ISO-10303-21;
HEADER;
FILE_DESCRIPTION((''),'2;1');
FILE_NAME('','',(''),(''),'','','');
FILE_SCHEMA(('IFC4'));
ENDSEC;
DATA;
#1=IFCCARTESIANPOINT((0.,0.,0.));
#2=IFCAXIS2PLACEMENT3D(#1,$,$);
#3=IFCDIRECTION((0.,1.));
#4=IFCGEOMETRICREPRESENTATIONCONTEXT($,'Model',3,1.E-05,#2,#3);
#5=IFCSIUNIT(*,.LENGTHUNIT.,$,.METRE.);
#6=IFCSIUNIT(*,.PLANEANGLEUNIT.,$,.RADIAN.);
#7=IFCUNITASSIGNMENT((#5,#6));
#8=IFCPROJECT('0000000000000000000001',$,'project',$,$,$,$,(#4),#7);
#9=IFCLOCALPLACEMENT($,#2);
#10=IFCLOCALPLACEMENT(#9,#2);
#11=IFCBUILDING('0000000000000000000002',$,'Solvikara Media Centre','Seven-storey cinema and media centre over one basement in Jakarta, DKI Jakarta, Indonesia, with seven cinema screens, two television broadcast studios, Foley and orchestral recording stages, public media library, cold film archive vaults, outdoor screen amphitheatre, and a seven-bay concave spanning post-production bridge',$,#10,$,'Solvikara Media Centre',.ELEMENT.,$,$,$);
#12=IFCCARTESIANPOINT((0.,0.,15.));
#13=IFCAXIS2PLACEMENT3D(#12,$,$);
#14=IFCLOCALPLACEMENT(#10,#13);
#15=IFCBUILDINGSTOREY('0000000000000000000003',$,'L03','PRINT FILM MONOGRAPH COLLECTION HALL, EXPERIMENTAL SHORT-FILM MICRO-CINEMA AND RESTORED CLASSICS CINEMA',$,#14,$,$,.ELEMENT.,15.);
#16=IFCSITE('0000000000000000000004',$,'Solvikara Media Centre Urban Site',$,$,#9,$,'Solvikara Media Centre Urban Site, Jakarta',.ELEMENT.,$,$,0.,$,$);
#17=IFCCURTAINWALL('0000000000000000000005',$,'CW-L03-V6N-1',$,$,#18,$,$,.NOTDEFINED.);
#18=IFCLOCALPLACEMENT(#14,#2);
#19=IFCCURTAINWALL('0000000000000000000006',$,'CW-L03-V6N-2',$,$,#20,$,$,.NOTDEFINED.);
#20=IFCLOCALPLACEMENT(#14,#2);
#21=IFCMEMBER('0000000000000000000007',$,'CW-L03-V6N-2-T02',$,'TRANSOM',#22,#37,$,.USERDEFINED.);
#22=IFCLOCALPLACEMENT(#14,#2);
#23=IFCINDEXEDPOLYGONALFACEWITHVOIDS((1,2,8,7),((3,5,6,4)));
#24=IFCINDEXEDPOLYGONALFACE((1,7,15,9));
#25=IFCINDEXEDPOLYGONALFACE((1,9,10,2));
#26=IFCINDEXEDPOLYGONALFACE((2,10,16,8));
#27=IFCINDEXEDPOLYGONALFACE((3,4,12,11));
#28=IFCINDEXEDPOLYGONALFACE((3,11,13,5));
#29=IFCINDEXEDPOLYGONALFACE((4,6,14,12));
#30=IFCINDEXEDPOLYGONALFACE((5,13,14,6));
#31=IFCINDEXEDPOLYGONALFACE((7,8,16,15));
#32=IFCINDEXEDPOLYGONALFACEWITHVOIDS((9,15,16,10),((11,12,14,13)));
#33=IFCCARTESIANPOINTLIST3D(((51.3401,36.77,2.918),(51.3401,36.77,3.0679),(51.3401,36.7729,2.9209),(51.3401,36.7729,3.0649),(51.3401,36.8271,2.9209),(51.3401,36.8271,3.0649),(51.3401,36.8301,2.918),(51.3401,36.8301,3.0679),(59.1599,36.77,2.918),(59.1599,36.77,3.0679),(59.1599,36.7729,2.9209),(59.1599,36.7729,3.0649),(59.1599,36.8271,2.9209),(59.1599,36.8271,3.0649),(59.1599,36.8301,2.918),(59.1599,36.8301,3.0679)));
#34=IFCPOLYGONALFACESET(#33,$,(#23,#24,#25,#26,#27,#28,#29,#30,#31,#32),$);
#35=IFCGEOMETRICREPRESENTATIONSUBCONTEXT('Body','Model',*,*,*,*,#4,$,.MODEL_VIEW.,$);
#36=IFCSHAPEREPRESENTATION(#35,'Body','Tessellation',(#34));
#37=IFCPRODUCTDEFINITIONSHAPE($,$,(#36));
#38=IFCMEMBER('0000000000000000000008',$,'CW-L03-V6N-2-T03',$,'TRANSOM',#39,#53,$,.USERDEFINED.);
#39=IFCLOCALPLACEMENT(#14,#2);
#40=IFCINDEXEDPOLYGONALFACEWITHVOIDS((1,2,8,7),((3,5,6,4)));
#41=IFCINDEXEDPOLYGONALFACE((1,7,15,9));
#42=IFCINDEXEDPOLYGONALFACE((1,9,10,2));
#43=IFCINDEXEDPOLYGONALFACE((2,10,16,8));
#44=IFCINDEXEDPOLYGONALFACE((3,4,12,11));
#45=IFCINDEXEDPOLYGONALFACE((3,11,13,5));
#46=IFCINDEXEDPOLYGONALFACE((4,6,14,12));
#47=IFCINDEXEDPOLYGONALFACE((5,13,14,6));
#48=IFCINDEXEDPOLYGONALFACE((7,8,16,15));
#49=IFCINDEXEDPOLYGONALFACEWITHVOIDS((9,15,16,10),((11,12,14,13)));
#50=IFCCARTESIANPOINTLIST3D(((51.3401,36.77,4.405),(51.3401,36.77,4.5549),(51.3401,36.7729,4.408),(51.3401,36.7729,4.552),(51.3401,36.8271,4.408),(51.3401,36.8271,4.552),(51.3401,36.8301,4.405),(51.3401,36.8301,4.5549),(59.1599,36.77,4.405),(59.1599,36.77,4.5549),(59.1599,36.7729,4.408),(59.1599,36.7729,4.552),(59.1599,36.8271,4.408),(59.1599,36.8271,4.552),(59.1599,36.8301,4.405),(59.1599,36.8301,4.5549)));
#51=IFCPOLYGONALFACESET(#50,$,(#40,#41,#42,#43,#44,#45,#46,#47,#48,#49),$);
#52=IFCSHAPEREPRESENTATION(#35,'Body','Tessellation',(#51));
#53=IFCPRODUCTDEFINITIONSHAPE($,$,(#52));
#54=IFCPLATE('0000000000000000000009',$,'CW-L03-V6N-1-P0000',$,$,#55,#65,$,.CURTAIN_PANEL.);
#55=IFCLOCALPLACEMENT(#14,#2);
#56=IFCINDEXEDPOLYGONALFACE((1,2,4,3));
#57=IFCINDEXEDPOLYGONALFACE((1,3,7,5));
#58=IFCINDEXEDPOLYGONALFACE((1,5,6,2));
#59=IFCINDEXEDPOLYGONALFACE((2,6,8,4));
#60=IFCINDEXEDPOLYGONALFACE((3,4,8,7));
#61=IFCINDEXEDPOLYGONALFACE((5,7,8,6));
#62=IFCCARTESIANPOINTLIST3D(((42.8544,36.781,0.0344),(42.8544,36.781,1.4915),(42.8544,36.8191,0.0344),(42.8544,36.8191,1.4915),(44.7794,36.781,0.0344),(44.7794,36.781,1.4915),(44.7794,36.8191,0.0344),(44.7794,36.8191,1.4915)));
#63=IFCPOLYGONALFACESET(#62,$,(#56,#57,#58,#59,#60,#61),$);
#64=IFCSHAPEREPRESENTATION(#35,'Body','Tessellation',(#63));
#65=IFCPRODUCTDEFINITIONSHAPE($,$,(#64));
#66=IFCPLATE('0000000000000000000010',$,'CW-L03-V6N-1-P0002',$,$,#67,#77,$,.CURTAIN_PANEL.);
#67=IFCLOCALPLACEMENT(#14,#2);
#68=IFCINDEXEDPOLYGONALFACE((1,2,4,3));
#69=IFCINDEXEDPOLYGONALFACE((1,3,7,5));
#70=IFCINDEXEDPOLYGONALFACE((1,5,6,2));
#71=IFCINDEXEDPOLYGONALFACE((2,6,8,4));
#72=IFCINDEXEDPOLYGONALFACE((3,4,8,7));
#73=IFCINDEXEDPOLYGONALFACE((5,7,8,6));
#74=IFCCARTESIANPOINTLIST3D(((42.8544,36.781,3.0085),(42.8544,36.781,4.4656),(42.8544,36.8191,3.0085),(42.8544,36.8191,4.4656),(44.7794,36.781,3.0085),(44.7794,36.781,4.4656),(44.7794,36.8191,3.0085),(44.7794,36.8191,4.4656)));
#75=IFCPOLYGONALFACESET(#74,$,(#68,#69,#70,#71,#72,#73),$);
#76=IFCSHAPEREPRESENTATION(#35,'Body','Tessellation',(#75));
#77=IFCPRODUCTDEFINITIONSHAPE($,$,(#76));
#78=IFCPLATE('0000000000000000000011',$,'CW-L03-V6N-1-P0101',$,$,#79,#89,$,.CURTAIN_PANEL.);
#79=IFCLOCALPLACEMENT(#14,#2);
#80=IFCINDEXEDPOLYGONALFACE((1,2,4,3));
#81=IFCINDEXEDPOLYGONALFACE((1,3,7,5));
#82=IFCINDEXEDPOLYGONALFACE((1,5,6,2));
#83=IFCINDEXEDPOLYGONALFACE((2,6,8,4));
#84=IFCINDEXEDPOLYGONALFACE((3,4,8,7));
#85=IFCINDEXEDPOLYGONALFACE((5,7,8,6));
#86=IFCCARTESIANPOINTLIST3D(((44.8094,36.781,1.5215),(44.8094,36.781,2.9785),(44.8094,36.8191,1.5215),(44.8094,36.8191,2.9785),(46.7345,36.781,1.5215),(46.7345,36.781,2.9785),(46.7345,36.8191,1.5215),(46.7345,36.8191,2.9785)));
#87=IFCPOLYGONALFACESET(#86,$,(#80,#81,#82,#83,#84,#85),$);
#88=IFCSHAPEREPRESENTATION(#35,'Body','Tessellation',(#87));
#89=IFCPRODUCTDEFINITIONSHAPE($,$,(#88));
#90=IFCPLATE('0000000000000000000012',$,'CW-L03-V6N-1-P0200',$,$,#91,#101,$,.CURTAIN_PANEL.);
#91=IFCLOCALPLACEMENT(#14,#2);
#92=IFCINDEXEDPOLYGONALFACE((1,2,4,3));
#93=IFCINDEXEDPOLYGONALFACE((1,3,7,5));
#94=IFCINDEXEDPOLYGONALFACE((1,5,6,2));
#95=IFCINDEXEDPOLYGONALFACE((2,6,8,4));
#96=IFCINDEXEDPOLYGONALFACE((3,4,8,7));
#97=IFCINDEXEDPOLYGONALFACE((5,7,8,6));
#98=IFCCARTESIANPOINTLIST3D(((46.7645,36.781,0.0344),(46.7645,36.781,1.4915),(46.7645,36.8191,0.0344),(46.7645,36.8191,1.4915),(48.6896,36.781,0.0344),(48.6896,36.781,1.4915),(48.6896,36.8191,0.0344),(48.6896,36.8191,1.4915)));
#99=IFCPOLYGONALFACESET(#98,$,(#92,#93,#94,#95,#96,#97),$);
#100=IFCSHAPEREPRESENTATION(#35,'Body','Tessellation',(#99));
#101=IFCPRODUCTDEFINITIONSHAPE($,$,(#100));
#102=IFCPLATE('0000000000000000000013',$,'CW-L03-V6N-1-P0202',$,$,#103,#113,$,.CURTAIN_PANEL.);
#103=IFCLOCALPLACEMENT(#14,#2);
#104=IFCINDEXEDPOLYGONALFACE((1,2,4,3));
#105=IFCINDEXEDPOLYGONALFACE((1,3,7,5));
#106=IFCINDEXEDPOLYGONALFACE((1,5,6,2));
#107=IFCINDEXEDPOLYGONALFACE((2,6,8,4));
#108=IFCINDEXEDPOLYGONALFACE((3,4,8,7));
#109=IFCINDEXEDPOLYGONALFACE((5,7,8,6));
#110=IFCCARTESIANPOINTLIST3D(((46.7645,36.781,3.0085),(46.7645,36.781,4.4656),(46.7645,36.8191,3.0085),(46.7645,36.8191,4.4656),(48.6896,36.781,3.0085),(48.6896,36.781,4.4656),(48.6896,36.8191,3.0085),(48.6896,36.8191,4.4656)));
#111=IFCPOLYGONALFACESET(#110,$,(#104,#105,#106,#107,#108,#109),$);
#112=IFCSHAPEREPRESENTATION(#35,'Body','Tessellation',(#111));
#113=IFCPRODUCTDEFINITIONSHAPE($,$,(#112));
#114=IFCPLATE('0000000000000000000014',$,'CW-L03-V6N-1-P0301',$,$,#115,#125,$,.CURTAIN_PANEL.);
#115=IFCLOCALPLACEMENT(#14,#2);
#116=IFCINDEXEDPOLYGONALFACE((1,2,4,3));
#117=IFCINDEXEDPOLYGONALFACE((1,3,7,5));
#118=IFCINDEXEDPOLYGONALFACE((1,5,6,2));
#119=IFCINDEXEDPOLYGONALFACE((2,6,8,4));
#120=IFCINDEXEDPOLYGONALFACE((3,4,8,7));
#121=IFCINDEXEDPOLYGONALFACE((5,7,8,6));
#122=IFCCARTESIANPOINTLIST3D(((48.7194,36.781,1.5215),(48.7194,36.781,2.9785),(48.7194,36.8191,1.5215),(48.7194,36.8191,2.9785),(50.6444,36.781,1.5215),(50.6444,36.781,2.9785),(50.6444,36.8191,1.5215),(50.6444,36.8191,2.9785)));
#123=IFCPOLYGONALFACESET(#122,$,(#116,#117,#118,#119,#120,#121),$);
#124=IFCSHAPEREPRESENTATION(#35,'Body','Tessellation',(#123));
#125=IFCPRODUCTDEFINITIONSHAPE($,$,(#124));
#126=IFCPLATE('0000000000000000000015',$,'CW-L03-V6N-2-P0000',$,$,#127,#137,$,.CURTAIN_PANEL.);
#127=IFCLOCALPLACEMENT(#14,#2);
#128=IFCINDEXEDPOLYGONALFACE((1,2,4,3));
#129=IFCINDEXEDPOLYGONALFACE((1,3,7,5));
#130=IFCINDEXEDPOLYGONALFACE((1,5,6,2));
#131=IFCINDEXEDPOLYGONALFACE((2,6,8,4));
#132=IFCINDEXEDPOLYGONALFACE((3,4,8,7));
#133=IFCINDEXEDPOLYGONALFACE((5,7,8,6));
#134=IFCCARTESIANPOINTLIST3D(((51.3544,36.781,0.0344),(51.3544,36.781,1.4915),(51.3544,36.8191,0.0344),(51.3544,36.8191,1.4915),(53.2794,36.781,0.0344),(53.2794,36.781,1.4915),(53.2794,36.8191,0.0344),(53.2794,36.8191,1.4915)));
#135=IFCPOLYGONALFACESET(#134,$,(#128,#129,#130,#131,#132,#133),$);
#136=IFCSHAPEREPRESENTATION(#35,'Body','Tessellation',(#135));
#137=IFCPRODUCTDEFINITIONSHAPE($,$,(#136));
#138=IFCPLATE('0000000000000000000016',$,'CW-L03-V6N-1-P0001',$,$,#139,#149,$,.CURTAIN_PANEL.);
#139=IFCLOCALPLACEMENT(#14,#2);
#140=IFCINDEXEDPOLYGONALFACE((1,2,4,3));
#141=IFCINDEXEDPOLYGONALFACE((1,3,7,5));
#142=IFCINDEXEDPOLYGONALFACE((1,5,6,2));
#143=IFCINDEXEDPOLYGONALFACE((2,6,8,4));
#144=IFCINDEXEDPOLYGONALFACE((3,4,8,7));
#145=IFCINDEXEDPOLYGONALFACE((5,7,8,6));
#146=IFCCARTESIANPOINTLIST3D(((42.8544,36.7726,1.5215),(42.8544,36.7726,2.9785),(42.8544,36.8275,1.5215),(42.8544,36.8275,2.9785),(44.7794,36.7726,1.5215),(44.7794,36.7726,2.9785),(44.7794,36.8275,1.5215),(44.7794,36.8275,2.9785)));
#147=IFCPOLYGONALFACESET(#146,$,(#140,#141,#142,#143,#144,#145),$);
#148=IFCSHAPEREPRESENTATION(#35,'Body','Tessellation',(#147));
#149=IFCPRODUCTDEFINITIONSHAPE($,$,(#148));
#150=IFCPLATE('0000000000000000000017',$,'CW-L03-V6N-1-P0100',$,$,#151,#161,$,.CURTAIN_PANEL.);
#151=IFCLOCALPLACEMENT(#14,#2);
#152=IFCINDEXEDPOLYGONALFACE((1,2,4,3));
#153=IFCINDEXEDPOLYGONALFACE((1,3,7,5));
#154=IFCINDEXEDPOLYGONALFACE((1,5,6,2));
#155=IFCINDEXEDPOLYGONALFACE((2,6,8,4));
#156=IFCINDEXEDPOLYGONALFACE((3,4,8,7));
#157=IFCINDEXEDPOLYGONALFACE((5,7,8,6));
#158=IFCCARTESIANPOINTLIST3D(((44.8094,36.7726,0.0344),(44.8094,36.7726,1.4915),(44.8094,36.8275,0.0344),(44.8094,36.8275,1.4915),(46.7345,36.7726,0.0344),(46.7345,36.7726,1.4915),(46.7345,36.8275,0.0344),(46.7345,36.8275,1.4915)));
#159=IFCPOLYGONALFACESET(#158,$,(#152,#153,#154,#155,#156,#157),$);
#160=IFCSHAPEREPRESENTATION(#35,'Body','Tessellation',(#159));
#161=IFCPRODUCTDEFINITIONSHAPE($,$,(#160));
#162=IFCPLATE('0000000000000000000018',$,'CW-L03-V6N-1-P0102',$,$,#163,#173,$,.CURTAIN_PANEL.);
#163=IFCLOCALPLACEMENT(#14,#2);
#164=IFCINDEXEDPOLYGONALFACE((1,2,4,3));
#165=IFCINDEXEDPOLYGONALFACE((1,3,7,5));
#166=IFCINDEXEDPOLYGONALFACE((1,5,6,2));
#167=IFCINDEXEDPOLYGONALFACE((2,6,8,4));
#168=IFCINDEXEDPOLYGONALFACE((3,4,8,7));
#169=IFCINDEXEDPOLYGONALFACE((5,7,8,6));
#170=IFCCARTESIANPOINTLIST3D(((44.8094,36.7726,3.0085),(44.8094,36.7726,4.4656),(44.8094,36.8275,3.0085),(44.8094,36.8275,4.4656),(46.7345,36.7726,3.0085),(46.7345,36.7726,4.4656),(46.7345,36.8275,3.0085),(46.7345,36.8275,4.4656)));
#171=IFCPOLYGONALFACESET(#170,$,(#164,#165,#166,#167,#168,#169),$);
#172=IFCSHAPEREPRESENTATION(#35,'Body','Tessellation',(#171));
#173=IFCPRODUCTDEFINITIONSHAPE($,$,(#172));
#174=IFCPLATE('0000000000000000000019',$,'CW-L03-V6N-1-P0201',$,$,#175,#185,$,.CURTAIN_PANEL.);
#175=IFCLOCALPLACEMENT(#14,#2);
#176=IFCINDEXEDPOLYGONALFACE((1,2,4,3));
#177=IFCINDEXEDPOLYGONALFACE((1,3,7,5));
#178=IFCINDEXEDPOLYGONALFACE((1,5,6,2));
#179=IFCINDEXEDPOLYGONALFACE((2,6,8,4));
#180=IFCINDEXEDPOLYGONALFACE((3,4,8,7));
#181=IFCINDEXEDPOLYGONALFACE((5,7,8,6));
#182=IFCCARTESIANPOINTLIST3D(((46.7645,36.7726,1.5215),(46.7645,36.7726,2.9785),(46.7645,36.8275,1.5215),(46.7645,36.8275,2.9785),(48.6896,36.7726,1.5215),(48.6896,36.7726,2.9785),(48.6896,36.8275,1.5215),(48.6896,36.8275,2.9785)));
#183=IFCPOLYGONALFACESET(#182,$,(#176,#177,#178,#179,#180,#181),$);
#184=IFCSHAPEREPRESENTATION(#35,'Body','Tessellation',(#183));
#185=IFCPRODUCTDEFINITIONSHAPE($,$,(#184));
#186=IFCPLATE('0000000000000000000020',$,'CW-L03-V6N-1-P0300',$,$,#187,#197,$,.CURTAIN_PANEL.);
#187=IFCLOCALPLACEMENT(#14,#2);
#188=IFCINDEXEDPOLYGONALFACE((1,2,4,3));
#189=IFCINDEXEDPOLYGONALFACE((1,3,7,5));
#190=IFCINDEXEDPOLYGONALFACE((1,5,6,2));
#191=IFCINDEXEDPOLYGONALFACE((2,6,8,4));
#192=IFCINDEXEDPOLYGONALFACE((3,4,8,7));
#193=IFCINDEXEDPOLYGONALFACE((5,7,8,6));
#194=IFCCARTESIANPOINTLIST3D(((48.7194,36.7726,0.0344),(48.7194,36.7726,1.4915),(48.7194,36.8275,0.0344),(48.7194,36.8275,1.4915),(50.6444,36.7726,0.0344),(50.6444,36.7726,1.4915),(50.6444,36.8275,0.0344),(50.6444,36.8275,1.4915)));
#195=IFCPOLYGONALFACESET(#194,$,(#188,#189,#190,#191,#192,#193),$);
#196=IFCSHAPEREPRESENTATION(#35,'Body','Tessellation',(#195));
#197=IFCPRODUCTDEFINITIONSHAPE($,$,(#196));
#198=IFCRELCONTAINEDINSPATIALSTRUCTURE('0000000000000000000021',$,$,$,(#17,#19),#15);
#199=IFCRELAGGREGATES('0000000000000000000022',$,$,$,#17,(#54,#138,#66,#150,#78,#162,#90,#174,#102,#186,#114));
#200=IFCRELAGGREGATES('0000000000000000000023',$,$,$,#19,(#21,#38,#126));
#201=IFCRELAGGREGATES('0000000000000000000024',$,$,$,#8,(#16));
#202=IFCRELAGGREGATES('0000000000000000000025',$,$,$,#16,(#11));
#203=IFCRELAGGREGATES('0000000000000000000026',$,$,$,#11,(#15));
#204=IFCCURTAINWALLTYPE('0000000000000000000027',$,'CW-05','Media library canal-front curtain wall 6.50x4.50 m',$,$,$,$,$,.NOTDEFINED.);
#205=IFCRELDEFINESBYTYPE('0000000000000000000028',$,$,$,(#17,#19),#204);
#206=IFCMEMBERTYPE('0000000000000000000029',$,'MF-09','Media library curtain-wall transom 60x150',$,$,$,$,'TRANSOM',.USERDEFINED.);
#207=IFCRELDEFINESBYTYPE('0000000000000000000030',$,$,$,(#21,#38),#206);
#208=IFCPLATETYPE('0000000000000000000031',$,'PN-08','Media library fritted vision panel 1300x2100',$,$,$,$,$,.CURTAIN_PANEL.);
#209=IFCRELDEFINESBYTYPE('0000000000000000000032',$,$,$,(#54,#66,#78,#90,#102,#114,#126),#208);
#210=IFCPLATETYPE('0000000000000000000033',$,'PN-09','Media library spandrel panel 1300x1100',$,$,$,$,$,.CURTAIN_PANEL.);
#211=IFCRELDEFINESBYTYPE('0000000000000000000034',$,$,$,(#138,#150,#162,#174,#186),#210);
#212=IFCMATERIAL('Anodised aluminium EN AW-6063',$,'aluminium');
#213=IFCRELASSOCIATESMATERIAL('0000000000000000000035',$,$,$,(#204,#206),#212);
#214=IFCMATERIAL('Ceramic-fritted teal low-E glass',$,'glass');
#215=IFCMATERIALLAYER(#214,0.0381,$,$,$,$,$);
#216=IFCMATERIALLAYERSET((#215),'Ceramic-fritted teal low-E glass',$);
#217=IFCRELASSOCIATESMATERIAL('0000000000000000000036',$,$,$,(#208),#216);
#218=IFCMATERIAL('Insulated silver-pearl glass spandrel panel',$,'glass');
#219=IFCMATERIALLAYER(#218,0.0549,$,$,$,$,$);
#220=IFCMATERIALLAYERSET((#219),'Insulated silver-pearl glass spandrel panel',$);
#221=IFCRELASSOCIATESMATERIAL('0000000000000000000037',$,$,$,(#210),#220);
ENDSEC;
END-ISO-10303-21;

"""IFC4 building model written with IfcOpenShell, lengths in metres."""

from ifc_helpers import new_model, si_unit, direction, frame, origin, origin_2d, place, context, subcontext, project, spatial, rectangle, hollow_rectangle, extrude, material, layer, layer_set, material_profile, profile_set, type_object, element, aggregate, save


model = new_model("IFC4")

# Units and contexts
model_context = context("Model", 3, precision=1e-05, world=origin(), true_north=direction((0.0, 1.0)))
body_context = subcontext(model_context, "Body", "Model", "MODEL_VIEW")
ifc_project = project(units=[si_unit("LENGTHUNIT", "METRE"), si_unit("PLANEANGLEUNIT", "RADIAN")], contexts=[model_context])

# Site, building, storey
site_placement = place(None, origin())
site = spatial("IfcSite", under=ifc_project, at=site_placement, Name="Solvikara Media Centre Urban Site", LongName="Solvikara Media Centre Urban Site, Jakarta", CompositionType="ELEMENT", RefElevation=0.0)
building_placement = place(site_placement, origin())
building = spatial("IfcBuilding", under=site, at=building_placement, Name="Solvikara Media Centre", Description="Seven-storey cinema and media centre over one basement in Jakarta, DKI Jakarta, Indonesia, with seven cinema screens, two television broadcast studios, Foley and orchestral recording stages, public media library, cold film archive vaults, outdoor screen amphitheatre, and a seven-bay concave spanning post-production bridge", LongName="Solvikara Media Centre", CompositionType="ELEMENT")
storey_placement = place(building_placement, frame((0.0, 0.0, 15.0)))
storey = spatial("IfcBuildingStorey", under=building, at=storey_placement, Name="L03", Description="PRINT FILM MONOGRAPH COLLECTION HALL, EXPERIMENTAL SHORT-FILM MICRO-CINEMA AND RESTORED CLASSICS CINEMA", CompositionType="ELEMENT", Elevation=15.0)

# Curtain wall
ifc_material_1 = material(Name="Anodised aluminium EN AW-6063", Category="aluminium")
curtain_wall_type = type_object("IfcCurtainWallType", Name="CW-05", Description="Media library canal-front curtain wall 6.50x4.50 m", PredefinedType="NOTDEFINED", material=ifc_material_1)
curtain_wall_1_placement = place(storey_placement, origin())
curtain_wall_1 = element("IfcCurtainWall", 1, at=curtain_wall_1_placement, inside=storey, type_object=curtain_wall_type, Name="CW-L03-V6N-1", PredefinedType="NOTDEFINED")

# Curtain wall
curtain_wall_2_placement = place(storey_placement, origin())
curtain_wall_2 = element("IfcCurtainWall", 2, at=curtain_wall_2_placement, inside=storey, type_object=curtain_wall_type, Name="CW-L03-V6N-2", PredefinedType="NOTDEFINED")

# Members
ifc_material_profile_1 = material_profile(ifc_material_1, hollow_rectangle(XDim=0.0601, YDim=0.1499, WallThickness=0.0029, at=origin_2d()), Name="ALU-T 60x150x3")
ifc_profile_set_1 = profile_set([ifc_material_profile_1], Name="Anodised aluminium EN AW-6063")
member_type_1 = type_object("IfcMemberType", Name="MF-09", Description="Media library curtain-wall transom 60x150", ElementType="TRANSOM", PredefinedType="USERDEFINED", material=ifc_profile_set_1)
member_1_placement = place(storey_placement, frame((51.3401, 36.8, 2.9929), z_axis=(1.0, 0.0, 0.0), x_axis=(0.0, 1.0, 0.0)))
member_1 = element("IfcMember", 3, at=member_1_placement, type_object=member_type_1, Name="CW-L03-V6N-2-T02", ObjectType="TRANSOM", PredefinedType="USERDEFINED", context=body_context, shape_type="SweptSolid", body=[
    extrude(hollow_rectangle(XDim=0.0601, YDim=0.1499, WallThickness=0.0029, at=origin_2d()), origin(), (0.0, 0.0, 1.0), 7.8198),
])
member_2_placement = place(storey_placement, frame((51.3401, 36.8, 4.48), z_axis=(1.0, 0.0, 0.0), x_axis=(0.0, 1.0, 0.0)))
member_2 = element("IfcMember", 4, at=member_2_placement, type_object=member_type_1, Name="CW-L03-V6N-2-T03", ObjectType="TRANSOM", PredefinedType="USERDEFINED", context=body_context, shape_type="SweptSolid", body=[
    extrude(hollow_rectangle(XDim=0.0601, YDim=0.1499, WallThickness=0.0029, at=origin_2d()), origin(), (0.0, 0.0, 1.0), 7.8198),
])

# Plates
ifc_material_2 = material(Name="Ceramic-fritted teal low-E glass", Category="glass")
ifc_layer_1 = layer(ifc_material_2, 0.0381)
ifc_layer_set_1 = layer_set([ifc_layer_1], Name="Ceramic-fritted teal low-E glass")
plate_type_1 = type_object("IfcPlateType", Name="PN-08", Description="Media library fritted vision panel 1300x2100", PredefinedType="CURTAIN_PANEL", material=ifc_layer_set_1)
plate_1_placement = place(storey_placement, frame((43.8169, 36.8, 0.0344), z_axis=(0.0, 0.0, 1.0), x_axis=(1.0, 0.0, 0.0)))
plate_1 = element("IfcPlate", 5, at=plate_1_placement, type_object=plate_type_1, Name="CW-L03-V6N-1-P0000", PredefinedType="CURTAIN_PANEL", context=body_context, shape_type="SweptSolid", body=[
    extrude(rectangle(XDim=1.925, YDim=0.0381, at=origin_2d()), origin(), (0.0, 0.0, 1.0), 1.457),
])
plate_2_placement = place(storey_placement, frame((43.8169, 36.8, 3.0085), z_axis=(0.0, 0.0, 1.0), x_axis=(1.0, 0.0, 0.0)))
plate_2 = element("IfcPlate", 6, at=plate_2_placement, type_object=plate_type_1, Name="CW-L03-V6N-1-P0002", PredefinedType="CURTAIN_PANEL", context=body_context, shape_type="SweptSolid", body=[
    extrude(rectangle(XDim=1.925, YDim=0.0381, at=origin_2d()), origin(), (0.0, 0.0, 1.0), 1.457),
])
plate_3_placement = place(storey_placement, frame((45.772, 36.8, 1.5215), z_axis=(0.0, 0.0, 1.0), x_axis=(1.0, 0.0, 0.0)))
plate_3 = element("IfcPlate", 7, at=plate_3_placement, type_object=plate_type_1, Name="CW-L03-V6N-1-P0101", PredefinedType="CURTAIN_PANEL", context=body_context, shape_type="SweptSolid", body=[
    extrude(rectangle(XDim=1.925, YDim=0.0381, at=origin_2d()), origin(), (0.0, 0.0, 1.0), 1.457),
])
plate_4_placement = place(storey_placement, frame((47.7271, 36.8, 0.0344), z_axis=(0.0, 0.0, 1.0), x_axis=(1.0, 0.0, 0.0)))
plate_4 = element("IfcPlate", 8, at=plate_4_placement, type_object=plate_type_1, Name="CW-L03-V6N-1-P0200", PredefinedType="CURTAIN_PANEL", context=body_context, shape_type="SweptSolid", body=[
    extrude(rectangle(XDim=1.925, YDim=0.0381, at=origin_2d()), origin(), (0.0, 0.0, 1.0), 1.457),
])
plate_5_placement = place(storey_placement, frame((47.7271, 36.8, 3.0085), z_axis=(0.0, 0.0, 1.0), x_axis=(1.0, 0.0, 0.0)))
plate_5 = element("IfcPlate", 9, at=plate_5_placement, type_object=plate_type_1, Name="CW-L03-V6N-1-P0202", PredefinedType="CURTAIN_PANEL", context=body_context, shape_type="SweptSolid", body=[
    extrude(rectangle(XDim=1.925, YDim=0.0381, at=origin_2d()), origin(), (0.0, 0.0, 1.0), 1.457),
])
plate_6_placement = place(storey_placement, frame((49.6819, 36.8, 1.5215), z_axis=(0.0, 0.0, 1.0), x_axis=(1.0, 0.0, 0.0)))
plate_6 = element("IfcPlate", 10, at=plate_6_placement, type_object=plate_type_1, Name="CW-L03-V6N-1-P0301", PredefinedType="CURTAIN_PANEL", context=body_context, shape_type="SweptSolid", body=[
    extrude(rectangle(XDim=1.925, YDim=0.0381, at=origin_2d()), origin(), (0.0, 0.0, 1.0), 1.457),
])
plate_7_placement = place(storey_placement, frame((52.3169, 36.8, 0.0344), z_axis=(0.0, 0.0, 1.0), x_axis=(1.0, 0.0, 0.0)))
plate_7 = element("IfcPlate", 11, at=plate_7_placement, type_object=plate_type_1, Name="CW-L03-V6N-2-P0000", PredefinedType="CURTAIN_PANEL", context=body_context, shape_type="SweptSolid", body=[
    extrude(rectangle(XDim=1.925, YDim=0.0381, at=origin_2d()), origin(), (0.0, 0.0, 1.0), 1.457),
])
ifc_material_3 = material(Name="Insulated silver-pearl glass spandrel panel", Category="glass")
ifc_layer_2 = layer(ifc_material_3, 0.0549)
ifc_layer_set_2 = layer_set([ifc_layer_2], Name="Insulated silver-pearl glass spandrel panel")
plate_type_2 = type_object("IfcPlateType", Name="PN-09", Description="Media library spandrel panel 1300x1100", PredefinedType="CURTAIN_PANEL", material=ifc_layer_set_2)
plate_8_placement = place(storey_placement, frame((43.8169, 36.8, 1.5215), z_axis=(0.0, 0.0, 1.0), x_axis=(1.0, 0.0, 0.0)))
plate_8 = element("IfcPlate", 12, at=plate_8_placement, type_object=plate_type_2, Name="CW-L03-V6N-1-P0001", PredefinedType="CURTAIN_PANEL", context=body_context, shape_type="SweptSolid", body=[
    extrude(rectangle(XDim=1.925, YDim=0.0549, at=origin_2d()), origin(), (0.0, 0.0, 1.0), 1.457),
])
plate_9_placement = place(storey_placement, frame((45.772, 36.8, 0.0344), z_axis=(0.0, 0.0, 1.0), x_axis=(1.0, 0.0, 0.0)))
plate_9 = element("IfcPlate", 13, at=plate_9_placement, type_object=plate_type_2, Name="CW-L03-V6N-1-P0100", PredefinedType="CURTAIN_PANEL", context=body_context, shape_type="SweptSolid", body=[
    extrude(rectangle(XDim=1.925, YDim=0.0549, at=origin_2d()), origin(), (0.0, 0.0, 1.0), 1.457),
])
plate_10_placement = place(storey_placement, frame((45.772, 36.8, 3.0085), z_axis=(0.0, 0.0, 1.0), x_axis=(1.0, 0.0, 0.0)))
plate_10 = element("IfcPlate", 14, at=plate_10_placement, type_object=plate_type_2, Name="CW-L03-V6N-1-P0102", PredefinedType="CURTAIN_PANEL", context=body_context, shape_type="SweptSolid", body=[
    extrude(rectangle(XDim=1.925, YDim=0.0549, at=origin_2d()), origin(), (0.0, 0.0, 1.0), 1.457),
])
plate_11_placement = place(storey_placement, frame((47.7271, 36.8, 1.5215), z_axis=(0.0, 0.0, 1.0), x_axis=(1.0, 0.0, 0.0)))
plate_11 = element("IfcPlate", 15, at=plate_11_placement, type_object=plate_type_2, Name="CW-L03-V6N-1-P0201", PredefinedType="CURTAIN_PANEL", context=body_context, shape_type="SweptSolid", body=[
    extrude(rectangle(XDim=1.925, YDim=0.0549, at=origin_2d()), origin(), (0.0, 0.0, 1.0), 1.457),
])
plate_12_placement = place(storey_placement, frame((49.6819, 36.8, 0.0344), z_axis=(0.0, 0.0, 1.0), x_axis=(1.0, 0.0, 0.0)))
plate_12 = element("IfcPlate", 16, at=plate_12_placement, type_object=plate_type_2, Name="CW-L03-V6N-1-P0300", PredefinedType="CURTAIN_PANEL", context=body_context, shape_type="SweptSolid", body=[
    extrude(rectangle(XDim=1.925, YDim=0.0549, at=origin_2d()), origin(), (0.0, 0.0, 1.0), 1.457),
])
aggregate(curtain_wall_1, [plate_1, plate_8, plate_2, plate_9, plate_3, plate_10, plate_4, plate_11, plate_5, plate_12, plate_6])
aggregate(curtain_wall_2, [member_1, member_2, plate_7])

save(model, "model.ifc")
